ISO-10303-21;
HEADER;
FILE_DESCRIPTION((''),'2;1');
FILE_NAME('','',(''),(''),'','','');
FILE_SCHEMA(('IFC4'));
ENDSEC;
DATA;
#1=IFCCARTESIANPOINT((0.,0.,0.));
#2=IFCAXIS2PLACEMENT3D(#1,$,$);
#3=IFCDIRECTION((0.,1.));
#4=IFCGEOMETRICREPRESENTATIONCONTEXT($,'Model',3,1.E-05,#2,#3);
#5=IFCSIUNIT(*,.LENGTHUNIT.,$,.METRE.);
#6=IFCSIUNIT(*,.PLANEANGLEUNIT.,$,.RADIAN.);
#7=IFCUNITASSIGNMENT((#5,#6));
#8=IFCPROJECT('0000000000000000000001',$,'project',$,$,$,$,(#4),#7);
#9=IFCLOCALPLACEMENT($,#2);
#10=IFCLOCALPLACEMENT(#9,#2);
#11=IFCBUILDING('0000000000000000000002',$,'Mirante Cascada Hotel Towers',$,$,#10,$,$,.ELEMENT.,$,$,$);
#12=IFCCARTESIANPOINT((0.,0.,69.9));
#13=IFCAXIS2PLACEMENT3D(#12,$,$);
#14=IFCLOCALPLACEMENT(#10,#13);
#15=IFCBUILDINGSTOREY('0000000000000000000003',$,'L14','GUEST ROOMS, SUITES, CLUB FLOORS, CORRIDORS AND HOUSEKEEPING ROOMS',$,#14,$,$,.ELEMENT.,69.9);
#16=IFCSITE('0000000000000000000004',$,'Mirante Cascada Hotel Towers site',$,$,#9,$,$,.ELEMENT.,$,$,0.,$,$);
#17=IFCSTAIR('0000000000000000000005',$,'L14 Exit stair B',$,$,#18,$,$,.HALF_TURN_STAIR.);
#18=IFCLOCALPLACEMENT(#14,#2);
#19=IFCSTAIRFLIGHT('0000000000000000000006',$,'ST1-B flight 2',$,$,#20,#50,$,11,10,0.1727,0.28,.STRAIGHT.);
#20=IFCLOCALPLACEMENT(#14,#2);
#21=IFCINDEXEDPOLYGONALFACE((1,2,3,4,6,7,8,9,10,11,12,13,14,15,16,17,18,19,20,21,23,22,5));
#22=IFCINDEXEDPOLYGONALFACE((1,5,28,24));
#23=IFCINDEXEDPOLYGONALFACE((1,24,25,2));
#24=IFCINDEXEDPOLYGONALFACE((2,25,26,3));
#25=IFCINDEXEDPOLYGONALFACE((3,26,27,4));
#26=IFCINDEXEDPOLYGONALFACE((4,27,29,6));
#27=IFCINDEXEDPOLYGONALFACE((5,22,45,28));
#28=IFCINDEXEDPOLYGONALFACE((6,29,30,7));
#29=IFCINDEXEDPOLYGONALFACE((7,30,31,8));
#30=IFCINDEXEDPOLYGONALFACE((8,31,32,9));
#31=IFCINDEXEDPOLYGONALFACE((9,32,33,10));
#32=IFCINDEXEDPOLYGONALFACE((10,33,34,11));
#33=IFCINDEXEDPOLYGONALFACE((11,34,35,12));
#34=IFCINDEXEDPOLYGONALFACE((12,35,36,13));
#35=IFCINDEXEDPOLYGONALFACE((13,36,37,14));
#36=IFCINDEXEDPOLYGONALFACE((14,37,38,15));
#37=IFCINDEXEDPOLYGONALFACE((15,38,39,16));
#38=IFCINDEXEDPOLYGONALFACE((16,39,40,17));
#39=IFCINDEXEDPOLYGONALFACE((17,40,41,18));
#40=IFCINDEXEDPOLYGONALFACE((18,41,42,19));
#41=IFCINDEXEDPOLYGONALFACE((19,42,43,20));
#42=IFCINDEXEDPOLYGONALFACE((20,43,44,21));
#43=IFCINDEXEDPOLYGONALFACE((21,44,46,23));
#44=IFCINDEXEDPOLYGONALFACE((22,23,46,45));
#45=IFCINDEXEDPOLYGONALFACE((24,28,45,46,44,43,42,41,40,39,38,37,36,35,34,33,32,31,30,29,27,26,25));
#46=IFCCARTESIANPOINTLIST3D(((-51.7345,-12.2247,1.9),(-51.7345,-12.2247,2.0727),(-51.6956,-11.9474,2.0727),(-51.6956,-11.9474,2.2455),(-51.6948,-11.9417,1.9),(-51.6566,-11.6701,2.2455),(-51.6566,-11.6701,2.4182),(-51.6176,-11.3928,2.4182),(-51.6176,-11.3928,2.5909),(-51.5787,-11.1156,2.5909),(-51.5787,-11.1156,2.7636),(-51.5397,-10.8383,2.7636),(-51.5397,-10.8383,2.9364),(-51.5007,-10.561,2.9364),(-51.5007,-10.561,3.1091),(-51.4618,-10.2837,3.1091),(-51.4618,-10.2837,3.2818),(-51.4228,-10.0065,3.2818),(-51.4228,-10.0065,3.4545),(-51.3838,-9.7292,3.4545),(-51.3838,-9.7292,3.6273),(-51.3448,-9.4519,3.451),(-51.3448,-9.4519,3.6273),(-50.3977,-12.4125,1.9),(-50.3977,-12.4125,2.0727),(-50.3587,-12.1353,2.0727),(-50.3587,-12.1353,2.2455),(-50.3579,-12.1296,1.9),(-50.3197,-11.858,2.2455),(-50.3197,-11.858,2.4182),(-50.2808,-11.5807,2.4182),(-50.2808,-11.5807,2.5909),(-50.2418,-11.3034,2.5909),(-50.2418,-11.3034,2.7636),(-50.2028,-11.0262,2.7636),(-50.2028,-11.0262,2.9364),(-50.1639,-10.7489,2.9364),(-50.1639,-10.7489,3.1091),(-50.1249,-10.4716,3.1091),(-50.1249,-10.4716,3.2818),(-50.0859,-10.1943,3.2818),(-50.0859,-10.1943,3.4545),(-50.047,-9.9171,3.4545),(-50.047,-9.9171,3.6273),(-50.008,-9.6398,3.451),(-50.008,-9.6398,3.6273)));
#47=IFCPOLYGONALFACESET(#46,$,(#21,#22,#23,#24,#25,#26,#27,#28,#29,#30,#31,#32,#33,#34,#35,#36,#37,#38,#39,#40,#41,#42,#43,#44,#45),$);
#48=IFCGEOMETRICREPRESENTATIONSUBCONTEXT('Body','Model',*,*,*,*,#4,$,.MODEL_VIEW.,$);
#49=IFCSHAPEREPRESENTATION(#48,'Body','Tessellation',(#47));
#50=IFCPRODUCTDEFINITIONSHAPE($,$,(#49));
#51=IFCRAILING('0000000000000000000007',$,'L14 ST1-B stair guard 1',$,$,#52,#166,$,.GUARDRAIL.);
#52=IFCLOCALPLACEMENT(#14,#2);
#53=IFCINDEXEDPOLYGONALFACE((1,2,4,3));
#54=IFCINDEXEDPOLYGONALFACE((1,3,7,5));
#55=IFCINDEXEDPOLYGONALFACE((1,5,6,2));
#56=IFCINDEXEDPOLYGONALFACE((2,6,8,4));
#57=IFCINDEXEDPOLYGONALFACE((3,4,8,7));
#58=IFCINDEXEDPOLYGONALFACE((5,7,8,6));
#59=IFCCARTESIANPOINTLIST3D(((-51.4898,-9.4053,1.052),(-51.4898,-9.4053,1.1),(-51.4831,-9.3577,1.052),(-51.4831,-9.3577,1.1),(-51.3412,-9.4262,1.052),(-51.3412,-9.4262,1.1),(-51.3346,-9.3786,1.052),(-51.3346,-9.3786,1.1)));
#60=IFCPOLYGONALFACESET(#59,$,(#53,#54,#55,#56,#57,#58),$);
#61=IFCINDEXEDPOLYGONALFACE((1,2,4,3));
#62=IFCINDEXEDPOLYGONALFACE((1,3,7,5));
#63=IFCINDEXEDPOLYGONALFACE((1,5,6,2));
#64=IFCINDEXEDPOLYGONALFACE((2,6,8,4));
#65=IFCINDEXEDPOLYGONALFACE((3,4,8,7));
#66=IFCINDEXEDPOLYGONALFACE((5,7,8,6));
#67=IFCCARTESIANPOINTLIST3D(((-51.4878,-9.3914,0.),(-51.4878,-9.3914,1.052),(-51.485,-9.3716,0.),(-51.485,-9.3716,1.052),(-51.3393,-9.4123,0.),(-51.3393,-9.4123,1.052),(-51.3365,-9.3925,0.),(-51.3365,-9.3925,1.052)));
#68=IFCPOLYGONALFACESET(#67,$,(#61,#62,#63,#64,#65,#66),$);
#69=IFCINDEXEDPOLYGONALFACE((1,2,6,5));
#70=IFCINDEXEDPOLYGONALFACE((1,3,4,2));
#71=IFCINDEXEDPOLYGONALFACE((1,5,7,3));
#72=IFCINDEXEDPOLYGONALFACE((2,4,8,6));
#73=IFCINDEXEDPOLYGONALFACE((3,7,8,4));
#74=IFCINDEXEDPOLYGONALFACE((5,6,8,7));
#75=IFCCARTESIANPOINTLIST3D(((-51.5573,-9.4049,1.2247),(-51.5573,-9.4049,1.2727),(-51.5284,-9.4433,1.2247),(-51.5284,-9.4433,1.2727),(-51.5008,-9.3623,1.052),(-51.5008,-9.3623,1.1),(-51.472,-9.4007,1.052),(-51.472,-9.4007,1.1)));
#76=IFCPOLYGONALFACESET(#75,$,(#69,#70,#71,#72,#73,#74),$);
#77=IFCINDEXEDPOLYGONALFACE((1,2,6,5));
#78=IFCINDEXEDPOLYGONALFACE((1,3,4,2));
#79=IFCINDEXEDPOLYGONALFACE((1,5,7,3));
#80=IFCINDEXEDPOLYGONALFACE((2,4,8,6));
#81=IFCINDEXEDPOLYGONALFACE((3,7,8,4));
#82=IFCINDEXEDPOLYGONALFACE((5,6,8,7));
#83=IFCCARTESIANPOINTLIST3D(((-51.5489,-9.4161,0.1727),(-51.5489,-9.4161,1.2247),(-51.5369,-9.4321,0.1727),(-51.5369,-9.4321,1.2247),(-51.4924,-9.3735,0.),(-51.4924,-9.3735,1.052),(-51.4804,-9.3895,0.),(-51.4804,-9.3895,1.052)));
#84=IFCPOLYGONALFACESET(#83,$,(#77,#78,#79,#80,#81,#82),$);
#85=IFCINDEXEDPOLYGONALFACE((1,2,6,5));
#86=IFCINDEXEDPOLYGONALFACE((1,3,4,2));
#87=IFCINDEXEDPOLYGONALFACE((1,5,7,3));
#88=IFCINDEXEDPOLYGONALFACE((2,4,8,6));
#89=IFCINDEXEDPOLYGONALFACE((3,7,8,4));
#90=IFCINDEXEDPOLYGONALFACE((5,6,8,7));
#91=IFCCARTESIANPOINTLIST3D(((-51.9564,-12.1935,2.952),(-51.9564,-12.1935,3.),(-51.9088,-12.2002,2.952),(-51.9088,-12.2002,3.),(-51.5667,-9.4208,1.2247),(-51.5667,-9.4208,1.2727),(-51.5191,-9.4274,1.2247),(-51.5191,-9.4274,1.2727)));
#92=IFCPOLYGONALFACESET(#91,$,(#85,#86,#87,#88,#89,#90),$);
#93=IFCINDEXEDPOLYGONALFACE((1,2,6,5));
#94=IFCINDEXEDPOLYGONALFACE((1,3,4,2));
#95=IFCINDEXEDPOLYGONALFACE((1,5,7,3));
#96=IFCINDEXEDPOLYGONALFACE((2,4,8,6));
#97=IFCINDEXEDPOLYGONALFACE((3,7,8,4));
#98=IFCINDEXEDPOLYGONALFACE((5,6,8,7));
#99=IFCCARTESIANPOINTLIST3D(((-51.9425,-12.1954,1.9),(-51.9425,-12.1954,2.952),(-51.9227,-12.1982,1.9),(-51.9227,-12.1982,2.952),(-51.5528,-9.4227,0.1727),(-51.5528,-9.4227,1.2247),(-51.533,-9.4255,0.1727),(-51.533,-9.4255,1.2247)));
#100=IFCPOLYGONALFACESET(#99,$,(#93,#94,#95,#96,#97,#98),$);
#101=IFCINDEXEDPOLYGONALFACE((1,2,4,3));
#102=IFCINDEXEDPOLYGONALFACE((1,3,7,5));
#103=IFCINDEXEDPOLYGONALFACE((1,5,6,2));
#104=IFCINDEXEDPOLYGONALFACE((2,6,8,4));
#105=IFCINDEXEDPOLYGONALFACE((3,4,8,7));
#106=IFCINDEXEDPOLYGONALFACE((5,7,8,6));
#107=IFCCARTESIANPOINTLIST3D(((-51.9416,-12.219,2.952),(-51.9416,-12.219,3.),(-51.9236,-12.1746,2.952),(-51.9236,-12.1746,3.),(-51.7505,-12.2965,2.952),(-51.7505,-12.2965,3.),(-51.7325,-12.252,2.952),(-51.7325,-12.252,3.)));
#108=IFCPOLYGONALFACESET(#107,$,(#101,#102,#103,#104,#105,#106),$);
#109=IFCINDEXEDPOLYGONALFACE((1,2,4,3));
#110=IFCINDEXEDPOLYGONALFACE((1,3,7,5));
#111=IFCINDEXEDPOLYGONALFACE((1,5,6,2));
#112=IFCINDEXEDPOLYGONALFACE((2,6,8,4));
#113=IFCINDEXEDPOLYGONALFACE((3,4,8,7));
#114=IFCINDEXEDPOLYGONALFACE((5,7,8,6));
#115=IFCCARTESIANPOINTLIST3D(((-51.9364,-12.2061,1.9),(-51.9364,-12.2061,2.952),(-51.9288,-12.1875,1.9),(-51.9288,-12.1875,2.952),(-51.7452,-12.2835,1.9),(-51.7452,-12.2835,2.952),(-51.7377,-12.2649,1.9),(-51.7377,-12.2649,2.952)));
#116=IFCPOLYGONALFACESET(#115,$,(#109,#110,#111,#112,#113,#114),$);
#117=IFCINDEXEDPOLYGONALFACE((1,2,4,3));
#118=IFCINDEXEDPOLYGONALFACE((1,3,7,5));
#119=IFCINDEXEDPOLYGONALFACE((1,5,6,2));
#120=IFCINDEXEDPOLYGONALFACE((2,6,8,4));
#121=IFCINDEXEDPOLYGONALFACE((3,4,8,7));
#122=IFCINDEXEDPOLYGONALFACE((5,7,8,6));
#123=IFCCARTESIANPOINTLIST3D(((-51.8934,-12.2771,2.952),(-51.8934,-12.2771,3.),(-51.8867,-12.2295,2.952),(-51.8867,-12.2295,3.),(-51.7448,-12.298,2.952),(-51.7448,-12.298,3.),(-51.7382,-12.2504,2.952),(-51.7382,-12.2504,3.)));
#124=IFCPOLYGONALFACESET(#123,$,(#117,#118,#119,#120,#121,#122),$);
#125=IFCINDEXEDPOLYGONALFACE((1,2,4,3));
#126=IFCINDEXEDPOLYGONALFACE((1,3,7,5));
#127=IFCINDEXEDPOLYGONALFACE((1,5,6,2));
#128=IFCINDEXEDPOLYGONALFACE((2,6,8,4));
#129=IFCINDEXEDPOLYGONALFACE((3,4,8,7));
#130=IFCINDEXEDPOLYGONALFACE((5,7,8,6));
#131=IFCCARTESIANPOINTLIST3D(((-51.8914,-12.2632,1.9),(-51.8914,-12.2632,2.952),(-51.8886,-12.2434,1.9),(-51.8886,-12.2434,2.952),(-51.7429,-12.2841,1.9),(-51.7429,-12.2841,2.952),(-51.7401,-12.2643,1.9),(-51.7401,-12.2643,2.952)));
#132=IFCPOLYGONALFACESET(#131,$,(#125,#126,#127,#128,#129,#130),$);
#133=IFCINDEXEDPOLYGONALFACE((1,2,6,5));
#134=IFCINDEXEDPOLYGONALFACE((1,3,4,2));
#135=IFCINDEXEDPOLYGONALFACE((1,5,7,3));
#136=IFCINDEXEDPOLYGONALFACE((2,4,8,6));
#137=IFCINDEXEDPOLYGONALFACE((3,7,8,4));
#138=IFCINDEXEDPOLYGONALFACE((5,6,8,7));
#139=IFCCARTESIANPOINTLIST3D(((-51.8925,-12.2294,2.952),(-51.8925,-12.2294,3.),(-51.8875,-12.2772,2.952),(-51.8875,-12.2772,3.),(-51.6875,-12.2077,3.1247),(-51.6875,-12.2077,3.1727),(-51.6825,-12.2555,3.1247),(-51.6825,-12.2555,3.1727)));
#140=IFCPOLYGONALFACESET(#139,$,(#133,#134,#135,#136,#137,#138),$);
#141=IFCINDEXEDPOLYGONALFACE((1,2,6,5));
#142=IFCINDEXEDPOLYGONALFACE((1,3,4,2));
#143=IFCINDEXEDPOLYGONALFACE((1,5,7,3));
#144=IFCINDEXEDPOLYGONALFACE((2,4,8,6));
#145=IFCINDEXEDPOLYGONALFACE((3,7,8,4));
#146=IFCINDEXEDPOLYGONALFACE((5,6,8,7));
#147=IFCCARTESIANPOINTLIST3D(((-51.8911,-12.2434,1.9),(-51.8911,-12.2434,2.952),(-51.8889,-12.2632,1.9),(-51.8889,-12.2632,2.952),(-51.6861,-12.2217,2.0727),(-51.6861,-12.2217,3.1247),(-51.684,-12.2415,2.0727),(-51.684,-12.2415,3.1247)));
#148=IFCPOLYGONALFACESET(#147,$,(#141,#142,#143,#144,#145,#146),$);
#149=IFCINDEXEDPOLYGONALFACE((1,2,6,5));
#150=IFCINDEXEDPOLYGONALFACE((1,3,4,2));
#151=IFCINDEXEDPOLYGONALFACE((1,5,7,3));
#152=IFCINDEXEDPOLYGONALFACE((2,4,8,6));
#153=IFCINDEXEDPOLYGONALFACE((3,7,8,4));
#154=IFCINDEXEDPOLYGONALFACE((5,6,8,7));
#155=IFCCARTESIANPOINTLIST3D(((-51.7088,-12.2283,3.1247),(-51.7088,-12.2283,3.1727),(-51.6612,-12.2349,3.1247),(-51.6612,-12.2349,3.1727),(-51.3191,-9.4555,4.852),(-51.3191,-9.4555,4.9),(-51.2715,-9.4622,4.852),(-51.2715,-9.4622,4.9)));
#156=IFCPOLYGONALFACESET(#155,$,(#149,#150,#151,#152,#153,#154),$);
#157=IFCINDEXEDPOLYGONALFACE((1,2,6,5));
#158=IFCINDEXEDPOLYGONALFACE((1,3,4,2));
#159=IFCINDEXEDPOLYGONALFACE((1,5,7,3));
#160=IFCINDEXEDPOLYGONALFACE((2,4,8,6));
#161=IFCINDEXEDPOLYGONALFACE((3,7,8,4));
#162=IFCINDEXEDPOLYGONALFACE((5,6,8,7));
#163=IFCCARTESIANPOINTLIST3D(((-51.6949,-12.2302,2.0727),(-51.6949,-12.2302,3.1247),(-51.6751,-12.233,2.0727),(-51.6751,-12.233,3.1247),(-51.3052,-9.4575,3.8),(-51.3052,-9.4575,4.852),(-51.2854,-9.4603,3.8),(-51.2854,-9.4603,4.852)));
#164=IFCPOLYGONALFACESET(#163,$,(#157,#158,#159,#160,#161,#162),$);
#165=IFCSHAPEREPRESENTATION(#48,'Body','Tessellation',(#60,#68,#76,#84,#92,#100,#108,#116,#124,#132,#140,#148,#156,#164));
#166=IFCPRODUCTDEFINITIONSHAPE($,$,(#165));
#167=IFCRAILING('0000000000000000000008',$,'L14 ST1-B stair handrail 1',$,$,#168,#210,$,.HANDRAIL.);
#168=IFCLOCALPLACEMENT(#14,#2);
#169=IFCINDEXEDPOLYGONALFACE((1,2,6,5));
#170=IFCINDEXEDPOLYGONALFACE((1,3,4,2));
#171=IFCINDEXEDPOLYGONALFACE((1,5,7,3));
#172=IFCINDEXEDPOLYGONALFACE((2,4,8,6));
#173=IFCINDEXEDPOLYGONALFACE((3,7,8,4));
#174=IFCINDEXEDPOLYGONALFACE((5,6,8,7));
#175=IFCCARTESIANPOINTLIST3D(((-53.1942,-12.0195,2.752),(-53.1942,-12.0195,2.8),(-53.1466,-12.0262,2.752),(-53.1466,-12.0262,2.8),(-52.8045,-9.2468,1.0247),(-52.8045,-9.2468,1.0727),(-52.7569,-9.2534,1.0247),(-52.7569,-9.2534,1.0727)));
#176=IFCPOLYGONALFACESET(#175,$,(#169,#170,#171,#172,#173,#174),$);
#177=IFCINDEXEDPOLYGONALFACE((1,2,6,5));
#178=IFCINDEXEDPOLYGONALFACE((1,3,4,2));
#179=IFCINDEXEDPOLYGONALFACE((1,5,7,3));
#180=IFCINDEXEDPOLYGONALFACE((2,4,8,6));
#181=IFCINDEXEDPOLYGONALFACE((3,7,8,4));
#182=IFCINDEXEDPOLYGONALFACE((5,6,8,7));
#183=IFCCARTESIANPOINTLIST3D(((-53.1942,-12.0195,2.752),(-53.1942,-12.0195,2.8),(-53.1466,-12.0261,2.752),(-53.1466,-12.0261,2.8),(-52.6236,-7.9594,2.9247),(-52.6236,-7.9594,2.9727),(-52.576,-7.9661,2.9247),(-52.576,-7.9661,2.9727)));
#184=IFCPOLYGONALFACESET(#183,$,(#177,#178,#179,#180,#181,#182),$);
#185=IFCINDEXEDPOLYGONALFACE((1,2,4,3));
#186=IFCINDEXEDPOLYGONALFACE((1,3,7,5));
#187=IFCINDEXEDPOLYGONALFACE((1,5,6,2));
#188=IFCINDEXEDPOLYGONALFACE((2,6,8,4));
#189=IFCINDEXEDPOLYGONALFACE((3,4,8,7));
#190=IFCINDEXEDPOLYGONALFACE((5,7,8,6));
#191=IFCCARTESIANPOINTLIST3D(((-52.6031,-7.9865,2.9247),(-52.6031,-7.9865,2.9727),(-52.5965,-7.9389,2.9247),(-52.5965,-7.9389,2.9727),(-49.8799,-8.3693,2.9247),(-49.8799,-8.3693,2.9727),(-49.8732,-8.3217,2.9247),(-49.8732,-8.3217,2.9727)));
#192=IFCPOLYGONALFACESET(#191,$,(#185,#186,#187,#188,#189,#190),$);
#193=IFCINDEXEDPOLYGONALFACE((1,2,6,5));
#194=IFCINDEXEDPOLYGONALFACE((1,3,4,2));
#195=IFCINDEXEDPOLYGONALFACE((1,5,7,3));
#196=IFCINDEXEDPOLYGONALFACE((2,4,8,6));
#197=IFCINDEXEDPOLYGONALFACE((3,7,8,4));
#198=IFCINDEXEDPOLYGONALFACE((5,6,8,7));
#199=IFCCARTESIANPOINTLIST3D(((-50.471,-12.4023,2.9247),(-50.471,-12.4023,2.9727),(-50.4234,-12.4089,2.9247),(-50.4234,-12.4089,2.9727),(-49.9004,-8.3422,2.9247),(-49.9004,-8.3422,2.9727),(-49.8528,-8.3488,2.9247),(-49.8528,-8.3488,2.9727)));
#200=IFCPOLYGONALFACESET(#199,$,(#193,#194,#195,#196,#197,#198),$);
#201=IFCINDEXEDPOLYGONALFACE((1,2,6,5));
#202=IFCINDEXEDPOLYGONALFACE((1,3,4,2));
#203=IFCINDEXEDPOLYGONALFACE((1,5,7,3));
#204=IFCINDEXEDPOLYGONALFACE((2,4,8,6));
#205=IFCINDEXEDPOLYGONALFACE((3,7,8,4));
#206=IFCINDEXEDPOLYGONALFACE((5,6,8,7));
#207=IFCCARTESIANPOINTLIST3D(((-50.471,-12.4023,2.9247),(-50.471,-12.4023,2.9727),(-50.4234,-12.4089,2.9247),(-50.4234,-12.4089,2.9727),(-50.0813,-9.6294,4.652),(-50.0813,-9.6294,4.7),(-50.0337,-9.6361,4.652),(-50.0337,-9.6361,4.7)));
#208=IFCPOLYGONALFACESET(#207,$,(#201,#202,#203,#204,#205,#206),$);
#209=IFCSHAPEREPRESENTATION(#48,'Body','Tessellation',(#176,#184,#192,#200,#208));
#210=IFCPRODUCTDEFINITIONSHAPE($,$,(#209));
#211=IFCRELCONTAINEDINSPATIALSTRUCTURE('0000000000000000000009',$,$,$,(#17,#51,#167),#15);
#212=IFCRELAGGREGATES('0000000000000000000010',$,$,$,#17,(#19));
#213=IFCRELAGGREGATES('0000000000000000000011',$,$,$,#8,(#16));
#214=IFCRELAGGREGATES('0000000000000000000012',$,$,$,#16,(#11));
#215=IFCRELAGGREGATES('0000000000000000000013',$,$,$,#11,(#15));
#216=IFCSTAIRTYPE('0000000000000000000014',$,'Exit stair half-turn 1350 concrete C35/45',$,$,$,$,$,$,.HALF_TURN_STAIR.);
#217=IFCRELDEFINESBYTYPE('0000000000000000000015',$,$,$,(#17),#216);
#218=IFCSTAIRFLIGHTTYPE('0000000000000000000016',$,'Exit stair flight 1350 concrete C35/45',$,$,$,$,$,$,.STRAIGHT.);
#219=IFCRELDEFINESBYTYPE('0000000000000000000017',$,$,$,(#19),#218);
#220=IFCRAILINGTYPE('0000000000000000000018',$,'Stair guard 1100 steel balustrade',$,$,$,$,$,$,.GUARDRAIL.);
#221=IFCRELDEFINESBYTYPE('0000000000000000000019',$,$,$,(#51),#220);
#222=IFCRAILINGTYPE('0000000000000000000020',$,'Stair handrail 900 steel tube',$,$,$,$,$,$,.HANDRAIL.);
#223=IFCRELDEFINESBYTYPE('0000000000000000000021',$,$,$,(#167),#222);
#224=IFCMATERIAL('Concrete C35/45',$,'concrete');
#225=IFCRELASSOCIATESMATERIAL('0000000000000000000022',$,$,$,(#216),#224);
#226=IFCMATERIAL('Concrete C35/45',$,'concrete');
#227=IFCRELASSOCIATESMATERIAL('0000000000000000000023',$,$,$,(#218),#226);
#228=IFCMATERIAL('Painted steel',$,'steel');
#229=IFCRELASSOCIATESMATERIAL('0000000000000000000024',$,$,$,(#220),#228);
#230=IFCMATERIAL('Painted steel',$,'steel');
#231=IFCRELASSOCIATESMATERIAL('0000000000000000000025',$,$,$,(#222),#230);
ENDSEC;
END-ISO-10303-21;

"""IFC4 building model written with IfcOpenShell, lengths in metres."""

from ifc_helpers import new_model, si_unit, direction, frame, origin, origin_2d, place, context, subcontext, project, spatial, polyline, rectangle, outline, extrude, material, type_object, element, aggregate, save


model = new_model("IFC4")

# Units and contexts
model_context = context("Model", 3, precision=1e-05, world=origin(), true_north=direction((0.0, 1.0)))
body_context = subcontext(model_context, "Body", "Model", "MODEL_VIEW")
ifc_project = project(units=[si_unit("LENGTHUNIT", "METRE"), si_unit("PLANEANGLEUNIT", "RADIAN")], contexts=[model_context])

# Site, building, storey
site_placement = place(None, origin())
site = spatial("IfcSite", under=ifc_project, at=site_placement, Name="Mirante Cascada Hotel Towers site", CompositionType="ELEMENT", RefElevation=0.0)
building_placement = place(site_placement, origin())
building = spatial("IfcBuilding", under=site, at=building_placement, Name="Mirante Cascada Hotel Towers", CompositionType="ELEMENT")
storey_placement = place(building_placement, frame((0.0, 0.0, 69.9)))
storey = spatial("IfcBuildingStorey", under=building, at=storey_placement, Name="L14", Description="GUEST ROOMS, SUITES, CLUB FLOORS, CORRIDORS AND HOUSEKEEPING ROOMS", CompositionType="ELEMENT", Elevation=69.9)

# Stair, stair flight
ifc_material_1 = material(Name="Concrete C35/45", Category="concrete")
stair_type = type_object("IfcStairType", Name="Exit stair half-turn 1350 concrete C35/45", PredefinedType="HALF_TURN_STAIR", material=ifc_material_1)
stair_placement = place(storey_placement, origin())
stair = element("IfcStair", 1, at=stair_placement, inside=storey, type_object=stair_type, Name="L14 Exit stair B", PredefinedType="HALF_TURN_STAIR")
ifc_material_2 = material(Name="Concrete C35/45", Category="concrete")
stair_flight_type = type_object("IfcStairFlightType", Name="Exit stair flight 1350 concrete C35/45", PredefinedType="STRAIGHT", material=ifc_material_2)
stair_flight_1_placement = place(storey_placement, frame((-51.0661, -12.3186, 1.9), z_axis=(0.0, 0.0, 1.0), x_axis=(0.139173, 0.990268, 0.0)))
stair_flight_1 = element("IfcStairFlight", 2, at=stair_flight_1_placement, type_object=stair_flight_type, Name="ST1-B flight 2", NumberOfRisers=11, NumberOfTreads=10, PredefinedType="STRAIGHT", RiserHeight=0.1727, TreadLength=0.28, context=body_context, shape_type="SweptSolid", body=[
    extrude(outline(polyline([(0.0, 0.0), (0.0, 0.1727), (0.28, 0.1727), (0.28, 0.3455), (0.56, 0.3455), (0.56, 0.5182), (0.84, 0.5182), (0.84, 0.6909), (1.12, 0.6909), (1.12, 0.8636), (1.4, 0.8636), (1.4, 1.0364), (1.68, 1.0364), (1.68, 1.2091), (1.96, 1.2091), (1.96, 1.3818), (2.24, 1.3818), (2.24, 1.5545), (2.52, 1.5545), (2.52, 1.7273), (2.8, 1.7273), (2.8, 1.9), (2.8, 1.551), (0.2857, 0.0), (0.0, 0.0)])), frame((0.0, 0.675, 0.0), z_axis=(0.0, -1.0, 0.0), x_axis=(1.0, 0.0, 0.0)), (0.0, 0.0, 1.0), 1.35),
])
aggregate(stair, [stair_flight_1])

# Railings
ifc_material_3 = material(Name="Painted steel", Category="steel")
railing_type_1 = type_object("IfcRailingType", Name="Stair guard 1100 steel balustrade", PredefinedType="GUARDRAIL", material=ifc_material_3)
railing_1_placement = place(storey_placement, frame((-51.3379, -9.4024, 0.0)))
element("IfcRailing", 3, at=railing_1_placement, inside=storey, type_object=railing_type_1, Name="L14 ST1-B stair guard 1", PredefinedType="GUARDRAIL", context=body_context, shape_type="SweptSolid", body=[
    extrude(rectangle(XDim=0.048, YDim=0.048, at=origin_2d()), frame((0.0, 0.0, 1.076), z_axis=(-0.990241, 0.139367, 0.0), x_axis=(-0.139367, -0.990241, 0.0)), (0.0, 0.0, 1.0), 0.15),
    extrude(rectangle(XDim=0.02, YDim=1.052, at=origin_2d()), frame((0.0, 0.0, 0.526), z_axis=(-0.990241, 0.139367, 0.0), x_axis=(-0.139367, -0.990241, 0.0)), (0.0, 0.0, 1.0), 0.15),
    extrude(rectangle(XDim=0.048, YDim=0.048, at=origin_2d()), frame((-0.1485, 0.0209, 1.076), z_axis=(-0.798471, -0.602033, 0.0), x_axis=(0.602033, -0.798471, 0.0)), (0.0, 0.92534, 0.379139), 0.1866),
    extrude(rectangle(XDim=0.02, YDim=1.052, at=origin_2d()), frame((-0.1485, 0.0209, 0.526), z_axis=(-0.798471, -0.602033, 0.0), x_axis=(0.602033, -0.798471, 0.0)), (0.0, 0.92534, 0.379139), 0.1866),
    extrude(rectangle(XDim=0.048, YDim=0.048, at=origin_2d()), frame((-0.205, -0.0217, 1.2487), z_axis=(-0.139181, -0.990267, 0.0), x_axis=(0.990267, -0.139181, 0.0)), (0.0, 0.525035, 0.851081), 3.2899),
    extrude(rectangle(XDim=0.02, YDim=1.052, at=origin_2d()), frame((-0.205, -0.0217, 0.6987), z_axis=(-0.139181, -0.990267, 0.0), x_axis=(0.990267, -0.139181, 0.0)), (0.0, 0.525035, 0.851081), 3.2899),
    extrude(rectangle(XDim=0.048, YDim=0.048, at=origin_2d()), frame((-0.5947, -2.7944, 2.976), z_axis=(0.926862, -0.375401, 0.0), x_axis=(0.375401, 0.926862, 0.0)), (0.0, 0.0, 1.0), 0.2062),
    extrude(rectangle(XDim=0.02, YDim=1.052, at=origin_2d()), frame((-0.5947, -2.7944, 2.426), z_axis=(0.926862, -0.375401, 0.0), x_axis=(0.375401, 0.926862, 0.0)), (0.0, 0.0, 1.0), 0.2062),
    extrude(rectangle(XDim=0.048, YDim=0.048, at=origin_2d()), frame((-0.4036, -2.8718, 2.976), z_axis=(-0.990241, 0.139367, 0.0), x_axis=(-0.139367, -0.990241, 0.0)), (0.0, 0.0, 1.0), 0.15),
    extrude(rectangle(XDim=0.02, YDim=1.052, at=origin_2d()), frame((-0.4036, -2.8718, 2.426), z_axis=(-0.990241, 0.139367, 0.0), x_axis=(-0.139367, -0.990241, 0.0)), (0.0, 0.0, 1.0), 0.15),
    extrude(rectangle(XDim=0.048, YDim=0.048, at=origin_2d()), frame((-0.5521, -2.8509, 2.976), z_axis=(0.994444, 0.105266, 0.0), x_axis=(-0.105266, 0.994444, 0.0)), (0.0, 0.642184, 0.76655), 0.2689),
    extrude(rectangle(XDim=0.02, YDim=1.052, at=origin_2d()), frame((-0.5521, -2.8509, 2.426), z_axis=(0.994444, 0.105266, 0.0), x_axis=(-0.105266, 0.994444, 0.0)), (0.0, 0.642184, 0.76655), 0.2689),
    extrude(rectangle(XDim=0.048, YDim=0.048, at=origin_2d()), frame((-0.3471, -2.8292, 3.1487), z_axis=(0.139181, 0.990267, 0.0), x_axis=(-0.990267, 0.139181, 0.0)), (0.0, 0.525035, 0.851081), 3.2899),
    extrude(rectangle(XDim=0.02, YDim=1.052, at=origin_2d()), frame((-0.3471, -2.8292, 2.5987), z_axis=(0.139181, 0.990267, 0.0), x_axis=(-0.990267, 0.139181, 0.0)), (0.0, 0.525035, 0.851081), 3.2899),
])
ifc_material_4 = material(Name="Painted steel", Category="steel")
railing_type_2 = type_object("IfcRailingType", Name="Stair handrail 900 steel tube", PredefinedType="HANDRAIL", material=ifc_material_4)
railing_2_placement = place(storey_placement, frame((-52.7807, -9.2501, 0.1727)))
element("IfcRailing", 4, at=railing_2_placement, inside=storey, type_object=railing_type_2, Name="L14 ST1-B stair handrail 1", PredefinedType="HANDRAIL", context=body_context, shape_type="SweptSolid", body=[
    extrude(rectangle(XDim=0.048, YDim=0.048, at=origin_2d()), frame((0.0, 0.0, 0.876), z_axis=(-0.139181, -0.990267, 0.0), x_axis=(0.990267, -0.139181, 0.0)), (0.0, 0.525035, 0.851081), 3.2899),
    extrude(rectangle(XDim=0.048, YDim=0.048, at=origin_2d()), frame((-0.3897, -2.7727, 2.6033), z_axis=(0.139171, 0.990268, 0.0), x_axis=(-0.990268, 0.139171, 0.0)), (0.0, 0.042085, 0.999114), 4.1036),
    extrude(rectangle(XDim=0.048, YDim=0.048, at=origin_2d()), frame((0.1809, 1.2874, 2.776), z_axis=(0.990264, -0.139201, 0.0), x_axis=(0.139201, 0.990264, 0.0)), (0.0, 0.0, 1.0), 2.75),
    extrude(rectangle(XDim=0.048, YDim=0.048, at=origin_2d()), frame((2.9041, 0.9046, 2.776), z_axis=(-0.139171, -0.990268, 0.0), x_axis=(0.990268, -0.139171, 0.0)), (0.0, 0.0, 1.0), 4.1),
    extrude(rectangle(XDim=0.048, YDim=0.048, at=origin_2d()), frame((2.3335, -3.1555, 2.776), z_axis=(0.139176, 0.990268, 0.0), x_axis=(-0.990268, 0.139176, 0.0)), (0.0, 0.525021, 0.851089), 3.29),
])

save(model, "model.ifc")
